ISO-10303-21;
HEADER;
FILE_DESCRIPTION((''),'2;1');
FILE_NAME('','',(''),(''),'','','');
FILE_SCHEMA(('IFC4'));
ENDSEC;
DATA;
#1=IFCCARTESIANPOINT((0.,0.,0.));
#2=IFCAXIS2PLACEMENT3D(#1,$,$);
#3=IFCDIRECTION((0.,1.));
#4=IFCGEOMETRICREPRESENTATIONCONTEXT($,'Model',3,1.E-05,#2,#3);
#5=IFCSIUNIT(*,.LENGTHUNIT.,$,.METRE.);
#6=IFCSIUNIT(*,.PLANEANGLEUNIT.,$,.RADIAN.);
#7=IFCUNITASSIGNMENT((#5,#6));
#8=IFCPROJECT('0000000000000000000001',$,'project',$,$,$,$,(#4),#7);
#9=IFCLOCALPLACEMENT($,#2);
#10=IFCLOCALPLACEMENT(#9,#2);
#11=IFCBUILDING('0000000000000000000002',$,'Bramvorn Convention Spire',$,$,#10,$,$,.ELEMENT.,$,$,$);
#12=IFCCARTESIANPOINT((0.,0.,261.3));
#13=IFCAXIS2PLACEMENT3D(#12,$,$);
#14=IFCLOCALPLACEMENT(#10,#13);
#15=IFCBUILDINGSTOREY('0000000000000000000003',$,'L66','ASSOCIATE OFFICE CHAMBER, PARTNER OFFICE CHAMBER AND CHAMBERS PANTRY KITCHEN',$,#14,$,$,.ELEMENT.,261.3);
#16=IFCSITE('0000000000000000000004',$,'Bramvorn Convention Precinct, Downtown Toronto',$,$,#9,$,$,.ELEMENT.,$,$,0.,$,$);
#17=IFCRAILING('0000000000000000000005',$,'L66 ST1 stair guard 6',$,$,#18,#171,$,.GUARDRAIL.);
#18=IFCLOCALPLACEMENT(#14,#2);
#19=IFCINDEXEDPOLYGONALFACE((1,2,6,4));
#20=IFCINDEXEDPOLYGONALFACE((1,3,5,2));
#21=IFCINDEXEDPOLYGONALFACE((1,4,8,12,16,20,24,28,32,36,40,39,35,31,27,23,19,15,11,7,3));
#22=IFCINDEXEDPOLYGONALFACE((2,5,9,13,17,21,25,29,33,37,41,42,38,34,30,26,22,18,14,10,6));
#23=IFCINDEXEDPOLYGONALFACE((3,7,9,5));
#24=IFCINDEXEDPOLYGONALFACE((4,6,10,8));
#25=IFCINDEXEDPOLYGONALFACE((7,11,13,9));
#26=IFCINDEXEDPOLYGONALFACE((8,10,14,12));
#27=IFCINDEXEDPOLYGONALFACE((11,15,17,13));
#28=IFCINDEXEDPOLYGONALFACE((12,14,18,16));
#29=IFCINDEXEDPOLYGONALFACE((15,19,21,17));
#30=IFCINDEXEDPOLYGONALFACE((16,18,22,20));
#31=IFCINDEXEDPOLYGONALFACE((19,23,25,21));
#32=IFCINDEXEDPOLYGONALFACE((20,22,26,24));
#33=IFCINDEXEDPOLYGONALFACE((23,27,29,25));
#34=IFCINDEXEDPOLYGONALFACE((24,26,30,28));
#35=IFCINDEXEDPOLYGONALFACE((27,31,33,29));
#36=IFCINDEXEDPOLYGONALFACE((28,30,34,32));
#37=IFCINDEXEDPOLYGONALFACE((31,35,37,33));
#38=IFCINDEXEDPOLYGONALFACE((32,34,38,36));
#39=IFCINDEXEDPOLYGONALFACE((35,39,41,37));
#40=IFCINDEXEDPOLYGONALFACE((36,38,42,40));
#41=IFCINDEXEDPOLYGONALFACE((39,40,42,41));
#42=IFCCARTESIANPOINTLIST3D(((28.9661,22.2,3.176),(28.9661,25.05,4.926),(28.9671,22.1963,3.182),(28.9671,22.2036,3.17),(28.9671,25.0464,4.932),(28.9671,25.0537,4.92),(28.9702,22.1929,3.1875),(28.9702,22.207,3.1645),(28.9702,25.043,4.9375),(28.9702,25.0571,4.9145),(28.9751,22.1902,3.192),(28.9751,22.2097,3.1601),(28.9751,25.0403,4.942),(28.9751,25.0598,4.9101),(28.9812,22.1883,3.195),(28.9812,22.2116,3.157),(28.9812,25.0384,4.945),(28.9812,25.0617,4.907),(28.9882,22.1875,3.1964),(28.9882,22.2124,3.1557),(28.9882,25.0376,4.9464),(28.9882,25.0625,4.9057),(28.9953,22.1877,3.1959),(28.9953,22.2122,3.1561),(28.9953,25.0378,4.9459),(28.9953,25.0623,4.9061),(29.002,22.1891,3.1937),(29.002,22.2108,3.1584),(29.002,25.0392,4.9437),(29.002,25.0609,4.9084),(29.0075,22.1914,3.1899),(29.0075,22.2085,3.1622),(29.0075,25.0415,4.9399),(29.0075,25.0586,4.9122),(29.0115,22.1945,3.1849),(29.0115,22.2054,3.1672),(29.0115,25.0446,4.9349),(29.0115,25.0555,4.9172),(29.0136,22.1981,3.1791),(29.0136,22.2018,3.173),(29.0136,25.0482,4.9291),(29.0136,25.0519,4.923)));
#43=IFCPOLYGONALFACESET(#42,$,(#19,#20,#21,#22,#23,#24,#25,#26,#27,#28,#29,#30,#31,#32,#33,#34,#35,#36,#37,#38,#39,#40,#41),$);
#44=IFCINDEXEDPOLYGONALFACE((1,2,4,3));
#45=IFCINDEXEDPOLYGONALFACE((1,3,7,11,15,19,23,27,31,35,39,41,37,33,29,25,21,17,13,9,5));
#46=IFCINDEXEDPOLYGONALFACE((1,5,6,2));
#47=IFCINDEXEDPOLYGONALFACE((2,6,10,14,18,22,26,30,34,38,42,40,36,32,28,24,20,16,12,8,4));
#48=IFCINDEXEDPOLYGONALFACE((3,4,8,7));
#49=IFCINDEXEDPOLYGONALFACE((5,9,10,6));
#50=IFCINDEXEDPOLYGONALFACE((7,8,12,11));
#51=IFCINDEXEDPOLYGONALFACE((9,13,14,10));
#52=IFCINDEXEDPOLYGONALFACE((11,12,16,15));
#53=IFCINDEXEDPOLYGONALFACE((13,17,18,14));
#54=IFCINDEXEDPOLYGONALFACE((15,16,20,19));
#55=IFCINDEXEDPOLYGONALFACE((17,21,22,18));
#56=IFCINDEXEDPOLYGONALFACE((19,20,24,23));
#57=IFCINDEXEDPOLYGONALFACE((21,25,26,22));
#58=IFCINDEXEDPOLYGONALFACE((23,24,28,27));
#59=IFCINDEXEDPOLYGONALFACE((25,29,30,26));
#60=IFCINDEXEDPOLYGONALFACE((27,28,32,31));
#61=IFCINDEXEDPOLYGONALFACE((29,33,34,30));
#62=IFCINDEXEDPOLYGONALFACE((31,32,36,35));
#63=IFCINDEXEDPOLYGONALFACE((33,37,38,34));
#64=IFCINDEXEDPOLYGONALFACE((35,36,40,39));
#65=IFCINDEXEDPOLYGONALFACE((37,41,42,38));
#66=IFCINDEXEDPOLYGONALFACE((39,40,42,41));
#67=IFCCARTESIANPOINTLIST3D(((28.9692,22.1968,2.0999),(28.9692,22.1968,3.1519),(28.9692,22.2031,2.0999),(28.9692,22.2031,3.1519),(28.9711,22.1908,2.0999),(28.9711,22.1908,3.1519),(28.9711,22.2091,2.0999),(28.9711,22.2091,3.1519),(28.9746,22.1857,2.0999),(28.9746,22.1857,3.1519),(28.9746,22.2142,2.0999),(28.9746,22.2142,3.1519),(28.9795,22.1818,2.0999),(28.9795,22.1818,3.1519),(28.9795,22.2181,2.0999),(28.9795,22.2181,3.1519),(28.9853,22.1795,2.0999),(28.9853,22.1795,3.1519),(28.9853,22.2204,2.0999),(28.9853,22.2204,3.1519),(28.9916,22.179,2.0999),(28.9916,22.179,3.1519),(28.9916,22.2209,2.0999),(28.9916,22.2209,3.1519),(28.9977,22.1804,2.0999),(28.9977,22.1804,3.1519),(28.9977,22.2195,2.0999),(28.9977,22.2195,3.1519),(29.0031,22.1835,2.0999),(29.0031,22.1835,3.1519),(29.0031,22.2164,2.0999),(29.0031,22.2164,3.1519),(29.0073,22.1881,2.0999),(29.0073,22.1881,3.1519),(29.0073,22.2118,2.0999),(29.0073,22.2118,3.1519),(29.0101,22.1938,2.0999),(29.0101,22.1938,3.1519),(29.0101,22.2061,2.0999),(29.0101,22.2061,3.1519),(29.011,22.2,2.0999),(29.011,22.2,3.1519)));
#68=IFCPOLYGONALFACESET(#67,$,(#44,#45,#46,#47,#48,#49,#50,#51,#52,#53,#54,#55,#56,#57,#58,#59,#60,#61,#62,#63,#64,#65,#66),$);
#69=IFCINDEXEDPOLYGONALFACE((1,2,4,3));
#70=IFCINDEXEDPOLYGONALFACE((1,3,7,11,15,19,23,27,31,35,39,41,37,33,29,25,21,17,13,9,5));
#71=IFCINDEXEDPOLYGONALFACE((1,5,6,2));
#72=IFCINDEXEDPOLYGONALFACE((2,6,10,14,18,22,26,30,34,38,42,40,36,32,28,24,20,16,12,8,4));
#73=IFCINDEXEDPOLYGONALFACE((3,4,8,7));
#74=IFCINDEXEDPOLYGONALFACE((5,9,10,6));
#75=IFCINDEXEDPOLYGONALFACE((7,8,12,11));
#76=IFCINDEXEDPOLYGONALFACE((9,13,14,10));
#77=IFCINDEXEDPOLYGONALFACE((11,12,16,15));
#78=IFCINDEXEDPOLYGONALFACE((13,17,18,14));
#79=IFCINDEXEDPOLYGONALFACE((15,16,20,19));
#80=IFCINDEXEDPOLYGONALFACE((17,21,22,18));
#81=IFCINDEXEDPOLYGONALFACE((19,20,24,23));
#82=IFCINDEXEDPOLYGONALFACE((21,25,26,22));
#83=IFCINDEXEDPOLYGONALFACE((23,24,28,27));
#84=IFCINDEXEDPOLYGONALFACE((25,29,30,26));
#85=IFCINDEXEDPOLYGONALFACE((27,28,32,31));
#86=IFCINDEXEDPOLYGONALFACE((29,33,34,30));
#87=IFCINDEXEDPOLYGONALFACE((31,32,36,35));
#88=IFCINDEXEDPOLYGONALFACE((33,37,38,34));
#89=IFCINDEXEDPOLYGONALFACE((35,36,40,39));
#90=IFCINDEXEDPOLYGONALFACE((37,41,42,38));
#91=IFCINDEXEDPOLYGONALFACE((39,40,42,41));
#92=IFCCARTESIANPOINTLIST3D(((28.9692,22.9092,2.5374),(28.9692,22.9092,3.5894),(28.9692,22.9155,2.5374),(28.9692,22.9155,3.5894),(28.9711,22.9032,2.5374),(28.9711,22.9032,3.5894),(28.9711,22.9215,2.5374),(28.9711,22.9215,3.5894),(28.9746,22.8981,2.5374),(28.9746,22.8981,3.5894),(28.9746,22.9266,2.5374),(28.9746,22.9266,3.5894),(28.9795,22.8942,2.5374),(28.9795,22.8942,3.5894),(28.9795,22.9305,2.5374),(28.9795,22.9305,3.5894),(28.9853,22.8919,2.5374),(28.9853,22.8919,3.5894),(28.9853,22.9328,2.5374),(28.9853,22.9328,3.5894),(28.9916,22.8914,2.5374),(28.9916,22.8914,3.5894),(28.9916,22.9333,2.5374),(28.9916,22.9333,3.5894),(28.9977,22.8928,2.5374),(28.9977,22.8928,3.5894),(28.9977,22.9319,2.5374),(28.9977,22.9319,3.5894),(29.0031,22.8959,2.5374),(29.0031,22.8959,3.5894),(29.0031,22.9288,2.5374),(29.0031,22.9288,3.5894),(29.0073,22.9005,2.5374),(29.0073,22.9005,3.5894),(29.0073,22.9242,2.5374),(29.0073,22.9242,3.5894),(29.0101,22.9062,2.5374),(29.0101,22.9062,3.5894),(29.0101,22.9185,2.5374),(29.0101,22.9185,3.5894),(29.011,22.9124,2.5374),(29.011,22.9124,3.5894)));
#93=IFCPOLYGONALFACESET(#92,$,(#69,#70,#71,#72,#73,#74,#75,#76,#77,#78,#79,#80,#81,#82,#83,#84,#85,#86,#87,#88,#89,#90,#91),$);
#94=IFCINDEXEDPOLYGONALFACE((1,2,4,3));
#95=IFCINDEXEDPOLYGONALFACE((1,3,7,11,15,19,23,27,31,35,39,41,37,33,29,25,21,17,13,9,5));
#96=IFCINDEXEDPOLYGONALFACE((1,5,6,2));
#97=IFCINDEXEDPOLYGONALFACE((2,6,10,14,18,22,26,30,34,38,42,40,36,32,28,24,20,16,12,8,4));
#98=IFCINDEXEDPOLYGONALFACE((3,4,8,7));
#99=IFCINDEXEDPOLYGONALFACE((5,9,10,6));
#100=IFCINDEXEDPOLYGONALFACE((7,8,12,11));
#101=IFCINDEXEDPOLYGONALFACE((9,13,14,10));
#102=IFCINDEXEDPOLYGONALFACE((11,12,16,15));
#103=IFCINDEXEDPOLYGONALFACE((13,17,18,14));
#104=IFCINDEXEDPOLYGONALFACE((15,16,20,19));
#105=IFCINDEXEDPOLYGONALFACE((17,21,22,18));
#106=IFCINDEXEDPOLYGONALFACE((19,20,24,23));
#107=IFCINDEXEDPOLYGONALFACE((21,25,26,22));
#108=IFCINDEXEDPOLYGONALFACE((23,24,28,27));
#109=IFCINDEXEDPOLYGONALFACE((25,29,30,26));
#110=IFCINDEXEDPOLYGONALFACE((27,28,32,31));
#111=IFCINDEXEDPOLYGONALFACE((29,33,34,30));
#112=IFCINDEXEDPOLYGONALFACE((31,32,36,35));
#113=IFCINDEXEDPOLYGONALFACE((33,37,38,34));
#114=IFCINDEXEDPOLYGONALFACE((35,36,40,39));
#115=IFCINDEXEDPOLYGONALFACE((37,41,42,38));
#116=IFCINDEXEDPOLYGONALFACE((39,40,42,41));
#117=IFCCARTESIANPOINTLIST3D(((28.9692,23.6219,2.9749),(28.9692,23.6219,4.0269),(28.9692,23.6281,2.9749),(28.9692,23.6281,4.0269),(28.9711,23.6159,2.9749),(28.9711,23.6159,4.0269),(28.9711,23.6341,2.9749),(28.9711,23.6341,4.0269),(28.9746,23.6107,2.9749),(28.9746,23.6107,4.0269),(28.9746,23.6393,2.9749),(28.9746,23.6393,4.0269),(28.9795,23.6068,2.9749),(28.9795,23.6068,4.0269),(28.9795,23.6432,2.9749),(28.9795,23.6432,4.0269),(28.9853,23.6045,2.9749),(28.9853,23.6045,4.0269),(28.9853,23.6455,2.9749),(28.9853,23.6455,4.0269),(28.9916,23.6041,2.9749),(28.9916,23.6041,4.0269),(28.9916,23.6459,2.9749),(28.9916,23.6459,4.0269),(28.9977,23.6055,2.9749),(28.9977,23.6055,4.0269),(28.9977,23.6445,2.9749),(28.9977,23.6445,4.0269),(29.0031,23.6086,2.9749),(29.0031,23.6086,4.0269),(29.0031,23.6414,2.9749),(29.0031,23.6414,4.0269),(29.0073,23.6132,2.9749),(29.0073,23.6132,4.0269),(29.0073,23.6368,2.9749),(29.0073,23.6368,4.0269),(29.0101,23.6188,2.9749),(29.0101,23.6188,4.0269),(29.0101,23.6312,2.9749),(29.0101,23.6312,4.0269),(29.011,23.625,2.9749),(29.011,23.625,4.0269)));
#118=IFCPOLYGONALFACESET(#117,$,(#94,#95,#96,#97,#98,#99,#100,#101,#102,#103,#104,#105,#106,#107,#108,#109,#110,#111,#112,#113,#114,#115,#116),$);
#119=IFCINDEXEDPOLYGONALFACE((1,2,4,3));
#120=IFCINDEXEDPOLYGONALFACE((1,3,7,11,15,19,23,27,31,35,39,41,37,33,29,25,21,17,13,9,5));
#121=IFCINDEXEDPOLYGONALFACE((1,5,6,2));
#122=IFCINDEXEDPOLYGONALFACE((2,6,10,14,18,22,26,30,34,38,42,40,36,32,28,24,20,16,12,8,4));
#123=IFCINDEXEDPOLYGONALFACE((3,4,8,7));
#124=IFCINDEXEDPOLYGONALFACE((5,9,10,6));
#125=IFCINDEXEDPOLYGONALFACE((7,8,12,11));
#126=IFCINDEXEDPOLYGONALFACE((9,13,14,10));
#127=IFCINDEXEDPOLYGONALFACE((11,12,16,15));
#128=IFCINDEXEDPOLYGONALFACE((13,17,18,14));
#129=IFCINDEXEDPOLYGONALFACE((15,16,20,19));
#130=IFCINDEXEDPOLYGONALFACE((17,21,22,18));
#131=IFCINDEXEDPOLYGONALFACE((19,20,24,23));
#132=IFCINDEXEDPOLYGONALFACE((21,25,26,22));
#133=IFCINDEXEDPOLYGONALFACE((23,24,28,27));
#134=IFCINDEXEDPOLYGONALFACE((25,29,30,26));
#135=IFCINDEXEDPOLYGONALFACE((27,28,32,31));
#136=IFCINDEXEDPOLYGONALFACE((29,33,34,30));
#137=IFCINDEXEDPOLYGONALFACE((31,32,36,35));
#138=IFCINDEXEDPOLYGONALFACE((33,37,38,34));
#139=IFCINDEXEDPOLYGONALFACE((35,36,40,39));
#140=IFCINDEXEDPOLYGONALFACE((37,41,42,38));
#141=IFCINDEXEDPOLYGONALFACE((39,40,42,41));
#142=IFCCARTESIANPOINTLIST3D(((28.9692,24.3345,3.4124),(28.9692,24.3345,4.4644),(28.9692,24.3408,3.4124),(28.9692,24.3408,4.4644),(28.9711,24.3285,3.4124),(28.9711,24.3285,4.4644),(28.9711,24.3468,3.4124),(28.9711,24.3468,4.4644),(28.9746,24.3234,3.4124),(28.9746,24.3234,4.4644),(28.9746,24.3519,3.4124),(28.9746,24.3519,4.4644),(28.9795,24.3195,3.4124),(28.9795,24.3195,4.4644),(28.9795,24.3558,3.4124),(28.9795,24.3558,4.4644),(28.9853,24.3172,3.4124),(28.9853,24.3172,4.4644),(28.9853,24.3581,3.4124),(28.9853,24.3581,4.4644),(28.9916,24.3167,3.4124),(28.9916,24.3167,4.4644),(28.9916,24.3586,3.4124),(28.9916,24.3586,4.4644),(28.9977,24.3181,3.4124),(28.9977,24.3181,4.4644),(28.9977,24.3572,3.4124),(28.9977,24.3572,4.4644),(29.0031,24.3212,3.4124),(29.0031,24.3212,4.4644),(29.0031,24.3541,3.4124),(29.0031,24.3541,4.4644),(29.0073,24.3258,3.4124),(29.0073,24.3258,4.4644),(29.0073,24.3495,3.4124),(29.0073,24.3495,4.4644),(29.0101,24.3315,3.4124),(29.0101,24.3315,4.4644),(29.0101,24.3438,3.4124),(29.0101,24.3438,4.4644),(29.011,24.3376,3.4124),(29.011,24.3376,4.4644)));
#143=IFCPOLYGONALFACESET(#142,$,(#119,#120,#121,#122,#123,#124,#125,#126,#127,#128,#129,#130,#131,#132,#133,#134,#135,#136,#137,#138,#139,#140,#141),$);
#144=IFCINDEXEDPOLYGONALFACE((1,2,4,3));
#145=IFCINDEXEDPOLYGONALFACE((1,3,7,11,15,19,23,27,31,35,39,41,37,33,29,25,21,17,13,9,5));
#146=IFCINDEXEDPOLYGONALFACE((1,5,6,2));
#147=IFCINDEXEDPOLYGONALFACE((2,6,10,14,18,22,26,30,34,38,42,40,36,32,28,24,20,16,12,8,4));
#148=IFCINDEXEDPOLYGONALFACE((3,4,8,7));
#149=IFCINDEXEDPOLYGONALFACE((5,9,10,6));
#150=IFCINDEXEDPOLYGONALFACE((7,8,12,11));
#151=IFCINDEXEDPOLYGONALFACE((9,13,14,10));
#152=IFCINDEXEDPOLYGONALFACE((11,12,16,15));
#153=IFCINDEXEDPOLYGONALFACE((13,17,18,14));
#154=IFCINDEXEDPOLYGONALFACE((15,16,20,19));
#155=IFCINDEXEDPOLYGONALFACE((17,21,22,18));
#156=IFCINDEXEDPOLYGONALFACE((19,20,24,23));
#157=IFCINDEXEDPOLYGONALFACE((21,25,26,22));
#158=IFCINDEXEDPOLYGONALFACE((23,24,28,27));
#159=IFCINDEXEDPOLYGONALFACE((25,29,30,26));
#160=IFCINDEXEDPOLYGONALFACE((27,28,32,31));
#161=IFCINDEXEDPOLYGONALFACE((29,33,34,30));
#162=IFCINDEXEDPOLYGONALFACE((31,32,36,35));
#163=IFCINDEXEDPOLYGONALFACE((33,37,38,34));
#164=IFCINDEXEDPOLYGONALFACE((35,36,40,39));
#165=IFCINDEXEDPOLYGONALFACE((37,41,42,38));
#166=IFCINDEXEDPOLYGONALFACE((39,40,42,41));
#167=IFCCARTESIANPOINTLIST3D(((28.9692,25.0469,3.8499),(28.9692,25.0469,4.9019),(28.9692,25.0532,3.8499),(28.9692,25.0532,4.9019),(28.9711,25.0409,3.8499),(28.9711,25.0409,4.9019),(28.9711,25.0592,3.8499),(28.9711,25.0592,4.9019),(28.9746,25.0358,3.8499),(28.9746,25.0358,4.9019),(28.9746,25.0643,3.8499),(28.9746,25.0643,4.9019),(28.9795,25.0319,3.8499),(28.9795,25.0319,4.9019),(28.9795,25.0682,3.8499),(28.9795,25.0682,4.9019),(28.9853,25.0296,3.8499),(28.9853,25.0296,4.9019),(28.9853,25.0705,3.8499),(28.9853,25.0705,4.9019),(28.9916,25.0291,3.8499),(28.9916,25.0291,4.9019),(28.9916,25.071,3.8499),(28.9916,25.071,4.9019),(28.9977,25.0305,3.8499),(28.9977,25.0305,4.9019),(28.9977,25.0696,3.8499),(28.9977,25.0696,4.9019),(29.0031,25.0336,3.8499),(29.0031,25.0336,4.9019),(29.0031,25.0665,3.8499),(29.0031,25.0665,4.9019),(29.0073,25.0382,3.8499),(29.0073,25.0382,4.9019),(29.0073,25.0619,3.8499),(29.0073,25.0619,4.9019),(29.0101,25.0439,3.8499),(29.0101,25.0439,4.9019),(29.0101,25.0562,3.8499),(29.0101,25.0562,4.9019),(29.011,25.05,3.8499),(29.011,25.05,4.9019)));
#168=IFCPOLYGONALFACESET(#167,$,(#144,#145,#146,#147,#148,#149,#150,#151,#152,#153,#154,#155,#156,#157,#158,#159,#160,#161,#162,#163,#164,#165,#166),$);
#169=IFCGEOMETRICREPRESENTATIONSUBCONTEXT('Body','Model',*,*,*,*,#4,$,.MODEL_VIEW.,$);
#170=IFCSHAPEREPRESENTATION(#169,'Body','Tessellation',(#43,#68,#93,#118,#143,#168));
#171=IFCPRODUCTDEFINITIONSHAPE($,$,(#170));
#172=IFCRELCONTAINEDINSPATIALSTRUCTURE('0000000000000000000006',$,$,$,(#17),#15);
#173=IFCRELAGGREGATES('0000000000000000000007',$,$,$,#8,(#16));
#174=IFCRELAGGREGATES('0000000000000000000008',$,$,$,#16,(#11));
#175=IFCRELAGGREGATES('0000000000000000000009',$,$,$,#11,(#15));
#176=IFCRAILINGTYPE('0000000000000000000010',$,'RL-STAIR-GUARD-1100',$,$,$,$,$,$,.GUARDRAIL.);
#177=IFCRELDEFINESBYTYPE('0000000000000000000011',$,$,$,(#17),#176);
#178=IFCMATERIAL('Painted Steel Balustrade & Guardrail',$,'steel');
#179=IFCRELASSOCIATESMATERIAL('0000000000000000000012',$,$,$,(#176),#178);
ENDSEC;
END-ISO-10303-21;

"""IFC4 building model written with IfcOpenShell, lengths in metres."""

from ifc_helpers import new_model, si_unit, direction, frame, origin, origin_2d, place, context, subcontext, project, spatial, circle, extrude, material, type_object, element, save


model = new_model("IFC4")

# Units and contexts
model_context = context("Model", 3, precision=1e-05, world=origin(), true_north=direction((0.0, 1.0)))
body_context = subcontext(model_context, "Body", "Model", "MODEL_VIEW")
ifc_project = project(units=[si_unit("LENGTHUNIT", "METRE"), si_unit("PLANEANGLEUNIT", "RADIAN")], contexts=[model_context])

# Site, building, storey
site_placement = place(None, origin())
site = spatial("IfcSite", under=ifc_project, at=site_placement, Name="Bramvorn Convention Precinct, Downtown Toronto", CompositionType="ELEMENT", RefElevation=0.0)
building_placement = place(site_placement, origin())
building = spatial("IfcBuilding", under=site, at=building_placement, Name="Bramvorn Convention Spire", CompositionType="ELEMENT")
storey_placement = place(building_placement, frame((0.0, 0.0, 261.3)))
storey = spatial("IfcBuildingStorey", under=building, at=storey_placement, Name="L66", Description="ASSOCIATE OFFICE CHAMBER, PARTNER OFFICE CHAMBER AND CHAMBERS PANTRY KITCHEN", CompositionType="ELEMENT", Elevation=261.3)

# Railing
ifc_material_1 = material(Name="Painted Steel Balustrade & Guardrail", Category="steel")
railing_type_1 = type_object("IfcRailingType", Name="RL-STAIR-GUARD-1100", PredefinedType="GUARDRAIL", material=ifc_material_1)
railing_1_placement = place(storey_placement, frame((28.99, 22.2, 2.0999)))
element("IfcRailing", 1, at=railing_1_placement, inside=storey, type_object=railing_type_1, Name="L66 ST1 stair guard 6", PredefinedType="GUARDRAIL", context=body_context, shape_type="SweptSolid", body=[
    extrude(circle(Radius=0.0239, at=origin_2d()), frame((0.0, 0.0, 1.0762), z_axis=(0.0, 0.852179, 0.52325), x_axis=(-1.0, 0.0, 0.0)), (0.0, 0.0, 1.0), 3.3445),
    extrude(circle(Radius=0.021, at=origin_2d()), origin(), (0.0, 0.0, 1.0), 1.052),
    extrude(circle(Radius=0.021, at=origin_2d()), frame((0.0, 0.7124, 0.4375)), (0.0, 0.0, 1.0), 1.052),
    extrude(circle(Radius=0.021, at=origin_2d()), frame((0.0, 1.425, 0.875)), (0.0, 0.0, 1.0), 1.052),
    extrude(circle(Radius=0.021, at=origin_2d()), frame((0.0, 2.1377, 1.3125)), (0.0, 0.0, 1.0), 1.052),
    extrude(circle(Radius=0.021, at=origin_2d()), frame((0.0, 2.8501, 1.75)), (0.0, 0.0, 1.0), 1.052),
])

save(model, "model.ifc")
